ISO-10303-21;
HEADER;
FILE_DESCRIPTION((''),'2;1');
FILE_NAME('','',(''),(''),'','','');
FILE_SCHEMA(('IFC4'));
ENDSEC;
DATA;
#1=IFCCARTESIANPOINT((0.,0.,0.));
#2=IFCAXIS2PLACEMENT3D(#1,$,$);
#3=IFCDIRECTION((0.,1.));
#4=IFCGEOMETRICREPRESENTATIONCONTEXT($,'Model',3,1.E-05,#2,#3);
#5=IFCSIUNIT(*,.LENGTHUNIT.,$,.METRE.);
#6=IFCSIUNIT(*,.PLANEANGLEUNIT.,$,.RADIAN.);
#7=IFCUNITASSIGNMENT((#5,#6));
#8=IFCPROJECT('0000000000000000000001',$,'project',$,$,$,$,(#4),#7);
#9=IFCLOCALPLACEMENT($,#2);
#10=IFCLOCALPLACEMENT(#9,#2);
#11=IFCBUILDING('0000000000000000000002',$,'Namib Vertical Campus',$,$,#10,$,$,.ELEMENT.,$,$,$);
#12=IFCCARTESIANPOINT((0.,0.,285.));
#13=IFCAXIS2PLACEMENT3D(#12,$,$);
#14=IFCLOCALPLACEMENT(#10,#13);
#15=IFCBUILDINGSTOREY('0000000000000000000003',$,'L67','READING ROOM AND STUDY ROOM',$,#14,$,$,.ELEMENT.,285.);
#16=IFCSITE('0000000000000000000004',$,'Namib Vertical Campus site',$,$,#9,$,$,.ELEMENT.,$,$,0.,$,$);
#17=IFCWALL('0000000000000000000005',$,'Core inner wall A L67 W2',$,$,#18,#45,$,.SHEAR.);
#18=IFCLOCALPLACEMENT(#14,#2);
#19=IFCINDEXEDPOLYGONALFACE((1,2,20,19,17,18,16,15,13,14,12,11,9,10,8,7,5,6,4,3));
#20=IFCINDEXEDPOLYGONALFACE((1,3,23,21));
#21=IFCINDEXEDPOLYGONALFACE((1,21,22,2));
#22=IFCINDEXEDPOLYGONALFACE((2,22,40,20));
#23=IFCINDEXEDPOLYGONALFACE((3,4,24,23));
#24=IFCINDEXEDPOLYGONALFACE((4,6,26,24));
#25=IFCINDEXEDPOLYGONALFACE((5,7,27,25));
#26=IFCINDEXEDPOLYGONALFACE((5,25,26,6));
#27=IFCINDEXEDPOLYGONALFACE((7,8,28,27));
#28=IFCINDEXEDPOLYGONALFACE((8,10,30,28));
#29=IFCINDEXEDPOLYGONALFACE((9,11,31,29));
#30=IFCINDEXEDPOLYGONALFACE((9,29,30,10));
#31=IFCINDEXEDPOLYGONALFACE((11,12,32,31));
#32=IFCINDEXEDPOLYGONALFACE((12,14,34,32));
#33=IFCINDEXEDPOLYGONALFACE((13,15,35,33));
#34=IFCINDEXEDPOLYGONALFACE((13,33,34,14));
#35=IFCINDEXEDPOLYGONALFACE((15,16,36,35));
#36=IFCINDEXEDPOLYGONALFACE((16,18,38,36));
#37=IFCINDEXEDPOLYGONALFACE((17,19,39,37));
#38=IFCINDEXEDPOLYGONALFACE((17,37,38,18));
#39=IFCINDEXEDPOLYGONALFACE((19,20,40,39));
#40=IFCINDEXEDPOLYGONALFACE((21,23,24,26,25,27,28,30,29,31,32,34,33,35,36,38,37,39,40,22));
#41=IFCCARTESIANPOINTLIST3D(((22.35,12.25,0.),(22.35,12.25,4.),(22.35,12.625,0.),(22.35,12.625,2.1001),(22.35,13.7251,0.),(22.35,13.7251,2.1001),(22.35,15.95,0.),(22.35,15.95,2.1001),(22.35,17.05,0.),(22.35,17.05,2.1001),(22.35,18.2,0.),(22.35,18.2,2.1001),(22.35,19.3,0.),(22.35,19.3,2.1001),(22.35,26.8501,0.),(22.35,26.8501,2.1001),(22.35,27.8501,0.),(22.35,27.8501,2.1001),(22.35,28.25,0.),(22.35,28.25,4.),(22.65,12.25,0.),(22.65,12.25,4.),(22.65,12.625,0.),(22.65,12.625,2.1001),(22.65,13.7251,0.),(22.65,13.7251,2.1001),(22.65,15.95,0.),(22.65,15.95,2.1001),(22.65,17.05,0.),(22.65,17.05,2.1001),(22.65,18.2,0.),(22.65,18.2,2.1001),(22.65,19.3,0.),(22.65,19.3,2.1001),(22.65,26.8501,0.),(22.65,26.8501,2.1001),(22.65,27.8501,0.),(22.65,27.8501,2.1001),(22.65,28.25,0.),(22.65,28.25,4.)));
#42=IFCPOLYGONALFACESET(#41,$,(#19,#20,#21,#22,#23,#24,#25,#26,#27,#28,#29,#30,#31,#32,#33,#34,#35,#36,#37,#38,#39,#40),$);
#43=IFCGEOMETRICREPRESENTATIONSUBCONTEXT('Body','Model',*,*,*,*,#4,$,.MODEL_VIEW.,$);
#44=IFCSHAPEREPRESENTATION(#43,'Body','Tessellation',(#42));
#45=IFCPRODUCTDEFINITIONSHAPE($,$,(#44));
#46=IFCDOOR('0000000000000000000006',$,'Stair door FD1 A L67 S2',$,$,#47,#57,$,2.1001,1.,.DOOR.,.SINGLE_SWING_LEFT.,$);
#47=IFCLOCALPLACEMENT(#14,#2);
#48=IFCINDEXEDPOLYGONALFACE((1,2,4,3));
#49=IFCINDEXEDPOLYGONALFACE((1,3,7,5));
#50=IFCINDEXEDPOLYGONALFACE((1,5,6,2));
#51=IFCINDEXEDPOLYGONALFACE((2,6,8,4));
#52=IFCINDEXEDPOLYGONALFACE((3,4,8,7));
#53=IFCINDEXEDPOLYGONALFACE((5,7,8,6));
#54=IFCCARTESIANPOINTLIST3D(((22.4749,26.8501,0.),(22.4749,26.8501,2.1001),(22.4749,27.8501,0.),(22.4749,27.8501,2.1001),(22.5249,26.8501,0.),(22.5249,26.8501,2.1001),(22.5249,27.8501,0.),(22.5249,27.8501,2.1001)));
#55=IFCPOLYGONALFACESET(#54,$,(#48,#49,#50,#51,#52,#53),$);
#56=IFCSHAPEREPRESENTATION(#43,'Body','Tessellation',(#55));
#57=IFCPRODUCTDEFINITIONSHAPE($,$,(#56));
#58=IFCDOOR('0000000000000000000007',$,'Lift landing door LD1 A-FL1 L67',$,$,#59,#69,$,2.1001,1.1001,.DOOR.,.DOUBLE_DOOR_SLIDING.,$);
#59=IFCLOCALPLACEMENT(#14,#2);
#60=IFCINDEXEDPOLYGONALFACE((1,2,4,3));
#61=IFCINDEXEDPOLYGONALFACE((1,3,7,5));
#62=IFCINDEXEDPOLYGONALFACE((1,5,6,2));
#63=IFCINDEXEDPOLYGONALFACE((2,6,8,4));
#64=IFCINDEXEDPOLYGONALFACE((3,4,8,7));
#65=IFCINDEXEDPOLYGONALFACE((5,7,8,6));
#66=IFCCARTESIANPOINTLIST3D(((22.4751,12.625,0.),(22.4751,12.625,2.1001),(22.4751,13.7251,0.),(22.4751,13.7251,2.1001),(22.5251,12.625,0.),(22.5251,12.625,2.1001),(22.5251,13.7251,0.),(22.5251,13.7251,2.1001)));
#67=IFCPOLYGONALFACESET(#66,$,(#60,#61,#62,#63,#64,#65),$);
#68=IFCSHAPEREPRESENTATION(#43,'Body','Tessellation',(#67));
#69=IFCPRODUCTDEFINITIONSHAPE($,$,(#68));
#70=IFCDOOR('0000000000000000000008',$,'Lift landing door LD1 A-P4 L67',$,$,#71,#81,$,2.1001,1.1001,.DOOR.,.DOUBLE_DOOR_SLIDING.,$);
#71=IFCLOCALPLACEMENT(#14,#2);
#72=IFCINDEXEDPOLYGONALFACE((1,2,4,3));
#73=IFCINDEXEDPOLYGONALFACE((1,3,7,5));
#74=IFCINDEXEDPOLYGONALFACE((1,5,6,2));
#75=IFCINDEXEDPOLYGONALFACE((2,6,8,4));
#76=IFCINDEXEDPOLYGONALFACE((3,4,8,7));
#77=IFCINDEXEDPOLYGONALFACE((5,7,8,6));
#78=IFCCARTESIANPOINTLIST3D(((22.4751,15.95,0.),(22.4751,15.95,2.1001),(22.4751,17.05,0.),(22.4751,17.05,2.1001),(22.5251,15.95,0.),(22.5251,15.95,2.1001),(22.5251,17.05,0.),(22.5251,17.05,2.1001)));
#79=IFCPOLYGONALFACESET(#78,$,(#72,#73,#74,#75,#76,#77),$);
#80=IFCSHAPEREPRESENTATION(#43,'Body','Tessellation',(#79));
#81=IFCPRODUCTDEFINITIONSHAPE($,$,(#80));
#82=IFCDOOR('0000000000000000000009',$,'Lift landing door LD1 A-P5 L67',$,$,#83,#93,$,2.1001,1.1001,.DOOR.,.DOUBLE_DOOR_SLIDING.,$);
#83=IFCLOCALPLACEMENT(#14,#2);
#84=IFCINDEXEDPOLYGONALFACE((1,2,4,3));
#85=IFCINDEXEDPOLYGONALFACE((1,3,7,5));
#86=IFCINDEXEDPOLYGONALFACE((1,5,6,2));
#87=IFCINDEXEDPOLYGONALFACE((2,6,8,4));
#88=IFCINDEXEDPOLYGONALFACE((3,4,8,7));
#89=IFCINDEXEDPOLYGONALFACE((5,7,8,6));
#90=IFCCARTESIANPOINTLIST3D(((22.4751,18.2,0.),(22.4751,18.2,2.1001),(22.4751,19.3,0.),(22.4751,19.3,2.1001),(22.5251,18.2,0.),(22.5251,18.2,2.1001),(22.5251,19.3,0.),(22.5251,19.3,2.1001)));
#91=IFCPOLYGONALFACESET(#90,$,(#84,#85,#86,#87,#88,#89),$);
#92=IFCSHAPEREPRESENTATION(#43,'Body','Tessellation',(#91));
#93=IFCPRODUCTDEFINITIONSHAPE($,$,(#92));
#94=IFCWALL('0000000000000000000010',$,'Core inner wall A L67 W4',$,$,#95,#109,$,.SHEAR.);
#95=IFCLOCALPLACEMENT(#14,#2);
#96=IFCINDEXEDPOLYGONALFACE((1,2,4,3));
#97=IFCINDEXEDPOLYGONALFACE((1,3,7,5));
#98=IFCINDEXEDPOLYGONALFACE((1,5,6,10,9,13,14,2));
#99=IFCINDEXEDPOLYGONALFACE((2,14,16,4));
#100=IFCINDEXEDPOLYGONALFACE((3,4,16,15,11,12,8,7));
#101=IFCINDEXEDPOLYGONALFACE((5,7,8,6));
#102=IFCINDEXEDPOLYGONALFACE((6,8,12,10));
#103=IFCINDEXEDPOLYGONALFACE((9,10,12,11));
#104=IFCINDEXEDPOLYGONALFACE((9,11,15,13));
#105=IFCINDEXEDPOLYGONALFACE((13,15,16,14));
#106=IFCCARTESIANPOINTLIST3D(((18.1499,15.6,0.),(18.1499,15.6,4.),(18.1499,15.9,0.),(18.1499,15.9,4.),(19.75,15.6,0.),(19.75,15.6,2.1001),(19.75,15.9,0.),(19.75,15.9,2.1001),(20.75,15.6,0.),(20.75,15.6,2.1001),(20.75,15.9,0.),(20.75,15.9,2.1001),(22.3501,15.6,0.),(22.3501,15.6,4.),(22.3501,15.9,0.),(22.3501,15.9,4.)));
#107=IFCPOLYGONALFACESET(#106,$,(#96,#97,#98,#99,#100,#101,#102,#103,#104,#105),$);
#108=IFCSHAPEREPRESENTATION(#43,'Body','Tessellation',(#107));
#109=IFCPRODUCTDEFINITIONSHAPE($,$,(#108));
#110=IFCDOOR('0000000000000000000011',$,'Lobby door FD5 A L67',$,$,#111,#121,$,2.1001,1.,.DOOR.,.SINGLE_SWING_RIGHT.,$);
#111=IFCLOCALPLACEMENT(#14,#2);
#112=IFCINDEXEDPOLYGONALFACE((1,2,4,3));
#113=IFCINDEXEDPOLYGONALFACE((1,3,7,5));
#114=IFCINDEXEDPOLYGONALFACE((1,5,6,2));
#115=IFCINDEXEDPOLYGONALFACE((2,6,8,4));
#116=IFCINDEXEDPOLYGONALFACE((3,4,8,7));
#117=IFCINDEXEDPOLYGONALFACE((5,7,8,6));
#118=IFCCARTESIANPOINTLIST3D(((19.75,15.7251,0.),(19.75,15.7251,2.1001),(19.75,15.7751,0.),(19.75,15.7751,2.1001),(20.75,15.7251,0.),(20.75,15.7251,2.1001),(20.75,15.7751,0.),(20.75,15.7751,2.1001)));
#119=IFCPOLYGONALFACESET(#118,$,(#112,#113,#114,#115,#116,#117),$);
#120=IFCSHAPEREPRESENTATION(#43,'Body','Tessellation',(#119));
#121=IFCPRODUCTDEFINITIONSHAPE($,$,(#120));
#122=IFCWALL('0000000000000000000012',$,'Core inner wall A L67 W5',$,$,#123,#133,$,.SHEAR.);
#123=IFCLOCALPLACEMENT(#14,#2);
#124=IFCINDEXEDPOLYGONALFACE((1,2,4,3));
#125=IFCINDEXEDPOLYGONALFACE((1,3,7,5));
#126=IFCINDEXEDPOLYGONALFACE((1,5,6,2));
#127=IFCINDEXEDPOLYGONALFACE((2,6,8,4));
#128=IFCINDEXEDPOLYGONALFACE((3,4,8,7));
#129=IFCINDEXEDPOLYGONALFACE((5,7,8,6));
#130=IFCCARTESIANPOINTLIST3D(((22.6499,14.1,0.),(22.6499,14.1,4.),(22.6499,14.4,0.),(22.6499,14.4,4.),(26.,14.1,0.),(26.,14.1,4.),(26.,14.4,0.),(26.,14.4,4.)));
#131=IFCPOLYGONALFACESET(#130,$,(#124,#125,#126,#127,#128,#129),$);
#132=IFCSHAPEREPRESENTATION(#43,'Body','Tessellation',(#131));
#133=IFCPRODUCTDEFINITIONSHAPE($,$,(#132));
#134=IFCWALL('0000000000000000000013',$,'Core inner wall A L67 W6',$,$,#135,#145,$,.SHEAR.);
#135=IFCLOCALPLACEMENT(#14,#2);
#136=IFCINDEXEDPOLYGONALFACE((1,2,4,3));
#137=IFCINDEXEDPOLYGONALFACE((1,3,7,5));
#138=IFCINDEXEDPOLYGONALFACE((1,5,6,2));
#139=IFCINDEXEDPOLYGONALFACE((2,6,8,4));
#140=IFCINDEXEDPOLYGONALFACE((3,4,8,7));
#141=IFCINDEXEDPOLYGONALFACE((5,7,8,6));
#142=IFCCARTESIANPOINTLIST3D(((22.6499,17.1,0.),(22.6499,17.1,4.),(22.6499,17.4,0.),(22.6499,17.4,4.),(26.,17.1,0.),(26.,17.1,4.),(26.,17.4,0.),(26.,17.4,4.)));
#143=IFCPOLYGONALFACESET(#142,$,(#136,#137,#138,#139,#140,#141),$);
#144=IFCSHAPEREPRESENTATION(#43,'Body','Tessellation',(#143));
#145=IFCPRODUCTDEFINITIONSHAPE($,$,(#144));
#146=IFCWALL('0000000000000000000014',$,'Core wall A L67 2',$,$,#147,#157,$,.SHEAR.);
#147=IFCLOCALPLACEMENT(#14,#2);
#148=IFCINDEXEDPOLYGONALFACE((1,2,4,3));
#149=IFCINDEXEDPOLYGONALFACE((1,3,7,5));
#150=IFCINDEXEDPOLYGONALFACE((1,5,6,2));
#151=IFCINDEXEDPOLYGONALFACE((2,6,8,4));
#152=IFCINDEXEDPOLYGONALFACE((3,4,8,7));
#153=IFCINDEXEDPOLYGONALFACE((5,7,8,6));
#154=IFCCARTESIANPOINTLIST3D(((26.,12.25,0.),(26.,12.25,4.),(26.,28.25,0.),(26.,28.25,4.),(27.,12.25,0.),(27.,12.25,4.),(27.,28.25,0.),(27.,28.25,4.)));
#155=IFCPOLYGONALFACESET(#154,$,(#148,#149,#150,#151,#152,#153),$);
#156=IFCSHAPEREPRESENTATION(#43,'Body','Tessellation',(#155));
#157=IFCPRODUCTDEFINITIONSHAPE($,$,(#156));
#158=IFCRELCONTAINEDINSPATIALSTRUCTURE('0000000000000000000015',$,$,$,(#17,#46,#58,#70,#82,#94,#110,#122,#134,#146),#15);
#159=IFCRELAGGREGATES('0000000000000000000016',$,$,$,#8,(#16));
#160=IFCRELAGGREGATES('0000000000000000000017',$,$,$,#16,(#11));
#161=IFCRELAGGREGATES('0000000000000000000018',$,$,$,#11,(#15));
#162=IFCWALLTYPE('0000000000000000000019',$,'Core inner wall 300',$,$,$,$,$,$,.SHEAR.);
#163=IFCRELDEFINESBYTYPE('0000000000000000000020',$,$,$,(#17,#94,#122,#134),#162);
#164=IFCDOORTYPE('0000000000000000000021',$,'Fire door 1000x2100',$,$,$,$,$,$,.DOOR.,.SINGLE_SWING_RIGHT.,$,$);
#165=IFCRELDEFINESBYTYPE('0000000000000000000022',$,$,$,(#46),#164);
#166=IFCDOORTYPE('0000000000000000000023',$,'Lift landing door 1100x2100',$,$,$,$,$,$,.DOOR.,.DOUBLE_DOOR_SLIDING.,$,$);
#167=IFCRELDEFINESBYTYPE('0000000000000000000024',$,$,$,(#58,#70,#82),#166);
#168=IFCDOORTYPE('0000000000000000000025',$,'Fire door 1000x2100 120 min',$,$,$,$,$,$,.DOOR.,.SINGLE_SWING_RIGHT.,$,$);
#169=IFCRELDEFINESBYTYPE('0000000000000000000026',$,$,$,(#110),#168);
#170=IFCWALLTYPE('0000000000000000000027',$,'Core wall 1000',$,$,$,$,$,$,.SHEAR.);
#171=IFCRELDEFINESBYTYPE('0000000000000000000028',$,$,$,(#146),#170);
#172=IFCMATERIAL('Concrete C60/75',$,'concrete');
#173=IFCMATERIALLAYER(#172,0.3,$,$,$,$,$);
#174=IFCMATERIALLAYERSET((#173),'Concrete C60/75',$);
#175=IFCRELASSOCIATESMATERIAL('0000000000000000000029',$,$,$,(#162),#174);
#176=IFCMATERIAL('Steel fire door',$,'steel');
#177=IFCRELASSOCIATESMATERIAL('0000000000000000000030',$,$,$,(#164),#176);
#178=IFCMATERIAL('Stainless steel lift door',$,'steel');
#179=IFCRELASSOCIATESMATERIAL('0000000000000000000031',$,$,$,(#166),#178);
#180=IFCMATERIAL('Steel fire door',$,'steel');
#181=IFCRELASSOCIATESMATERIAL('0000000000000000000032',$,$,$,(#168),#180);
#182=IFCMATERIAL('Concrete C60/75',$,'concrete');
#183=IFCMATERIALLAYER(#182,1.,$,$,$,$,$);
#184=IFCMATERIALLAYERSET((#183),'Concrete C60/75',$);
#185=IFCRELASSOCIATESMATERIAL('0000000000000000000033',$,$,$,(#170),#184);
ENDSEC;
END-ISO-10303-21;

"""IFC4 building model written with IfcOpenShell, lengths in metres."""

from ifc_helpers import new_model, si_unit, direction, frame, frame_2d, origin, place, context, subcontext, project, spatial, rectangle, extrude, material, layer, layer_set, type_object, element, fill, save


model = new_model("IFC4")

# Units and contexts
model_context = context("Model", 3, precision=1e-05, world=origin(), true_north=direction((0.0, 1.0)))
body_context = subcontext(model_context, "Body", "Model", "MODEL_VIEW")
ifc_project = project(units=[si_unit("LENGTHUNIT", "METRE"), si_unit("PLANEANGLEUNIT", "RADIAN")], contexts=[model_context])

# Site, building, storey
site_placement = place(None, origin())
site = spatial("IfcSite", under=ifc_project, at=site_placement, Name="Namib Vertical Campus site", CompositionType="ELEMENT", RefElevation=0.0)
building_placement = place(site_placement, origin())
building = spatial("IfcBuilding", under=site, at=building_placement, Name="Namib Vertical Campus", CompositionType="ELEMENT")
storey_placement = place(building_placement, frame((0.0, 0.0, 285.0)))
storey = spatial("IfcBuildingStorey", under=building, at=storey_placement, Name="L67", Description="READING ROOM AND STUDY ROOM", CompositionType="ELEMENT", Elevation=285.0)

# Wall, openings, doors
ifc_material_1 = material(Name="Concrete C60/75", Category="concrete")
ifc_layer_1 = layer(ifc_material_1, 0.3)
ifc_layer_set_1 = layer_set([ifc_layer_1], Name="Concrete C60/75")
wall_type_1 = type_object("IfcWallType", Name="Core inner wall 300", PredefinedType="SHEAR", material=ifc_layer_set_1)
wall_1_placement = place(storey_placement, frame((22.5, 12.25, 0.0), z_axis=(0.0, 0.0, 1.0), x_axis=(0.0, 1.0, 0.0)))
wall_1 = element("IfcWall", 1, at=wall_1_placement, inside=storey, type_object=wall_type_1, Name="Core inner wall A L67 W2", PredefinedType="SHEAR", context=body_context, shape_type="SweptSolid", body=[
    extrude(rectangle(XDim=16.0, YDim=0.3, at=frame_2d((8.0, 0.0))), origin(), (0.0, 0.0, 1.0), 4.0),
])
opening_1_placement = place(wall_1_placement, frame((14.6001, 0.0, 0.0)))
opening_1 = element("IfcOpeningElement", 2, at=opening_1_placement, cuts=wall_1, PredefinedType="OPENING", context=body_context, shape_type="SweptSolid", body=[
    extrude(rectangle(XDim=1.0, YDim=2.1001, at=frame_2d((0.5, 1.05))), frame((0.0, 0.1599, 0.0), z_axis=(0.0, -1.0, 0.0), x_axis=(1.0, 0.0, 0.0)), (0.0, 0.0, 1.0), 0.3201),
])
opening_2_placement = place(wall_1_placement, frame((0.375, 0.0, 0.0)))
opening_2 = element("IfcOpeningElement", 3, at=opening_2_placement, cuts=wall_1, PredefinedType="OPENING", context=body_context, shape_type="SweptSolid", body=[
    extrude(rectangle(XDim=1.1001, YDim=2.1001, at=frame_2d((0.55, 1.05))), frame((0.0, 0.1599, 0.0), z_axis=(0.0, -1.0, 0.0), x_axis=(1.0, 0.0, 0.0)), (0.0, 0.0, 1.0), 0.3201),
])
opening_3_placement = place(wall_1_placement, frame((3.7, 0.0, 0.0)))
opening_3 = element("IfcOpeningElement", 4, at=opening_3_placement, cuts=wall_1, PredefinedType="OPENING", context=body_context, shape_type="SweptSolid", body=[
    extrude(rectangle(XDim=1.1001, YDim=2.1001, at=frame_2d((0.55, 1.05))), frame((0.0, 0.1599, 0.0), z_axis=(0.0, -1.0, 0.0), x_axis=(1.0, 0.0, 0.0)), (0.0, 0.0, 1.0), 0.3201),
])
opening_4_placement = place(wall_1_placement, frame((5.95, 0.0, 0.0)))
opening_4 = element("IfcOpeningElement", 5, at=opening_4_placement, cuts=wall_1, PredefinedType="OPENING", context=body_context, shape_type="SweptSolid", body=[
    extrude(rectangle(XDim=1.1001, YDim=2.1001, at=frame_2d((0.55, 1.05))), frame((0.0, 0.1599, 0.0), z_axis=(0.0, -1.0, 0.0), x_axis=(1.0, 0.0, 0.0)), (0.0, 0.0, 1.0), 0.3201),
])
ifc_material_2 = material(Name="Steel fire door", Category="steel")
door_type_1 = type_object("IfcDoorType", Name="Fire door 1000x2100", OperationType="SINGLE_SWING_RIGHT", PredefinedType="DOOR", material=ifc_material_2)
door_1_placement = place(opening_1_placement, frame((1.0, 0.0, 0.0), z_axis=(0.0, 0.0, 1.0), x_axis=(-1.0, 0.0, 0.0)))
door_1 = element("IfcDoor", 6, at=door_1_placement, inside=storey, type_object=door_type_1, Name="Stair door FD1 A L67 S2", OperationType="SINGLE_SWING_LEFT", OverallHeight=2.1001, OverallWidth=1.0, PredefinedType="DOOR", context=body_context, shape_type="SweptSolid", body=[
    extrude(rectangle(XDim=1.0, YDim=2.1001, at=frame_2d((0.5, 1.05))), frame((0.0, 0.0249, 0.0), z_axis=(0.0, -1.0, 0.0), x_axis=(1.0, 0.0, 0.0)), (0.0, 0.0, 1.0), 0.05),
])
fill(opening_1, door_1)
ifc_material_3 = material(Name="Stainless steel lift door", Category="steel")
door_type_2 = type_object("IfcDoorType", Name="Lift landing door 1100x2100", OperationType="DOUBLE_DOOR_SLIDING", PredefinedType="DOOR", material=ifc_material_3)
door_2_placement = place(opening_2_placement, origin())
door_2 = element("IfcDoor", 7, at=door_2_placement, inside=storey, type_object=door_type_2, Name="Lift landing door LD1 A-FL1 L67", OperationType="DOUBLE_DOOR_SLIDING", OverallHeight=2.1001, OverallWidth=1.1001, PredefinedType="DOOR", context=body_context, shape_type="SweptSolid", body=[
    extrude(rectangle(XDim=1.1001, YDim=2.1001, at=frame_2d((0.55, 1.05))), frame((0.0, 0.0249, 0.0), z_axis=(0.0, -1.0, 0.0), x_axis=(1.0, 0.0, 0.0)), (0.0, 0.0, 1.0), 0.05),
])
fill(opening_2, door_2)
door_3_placement = place(opening_3_placement, origin())
door_3 = element("IfcDoor", 8, at=door_3_placement, inside=storey, type_object=door_type_2, Name="Lift landing door LD1 A-P4 L67", OperationType="DOUBLE_DOOR_SLIDING", OverallHeight=2.1001, OverallWidth=1.1001, PredefinedType="DOOR", context=body_context, shape_type="SweptSolid", body=[
    extrude(rectangle(XDim=1.1001, YDim=2.1001, at=frame_2d((0.55, 1.05))), frame((0.0, 0.0249, 0.0), z_axis=(0.0, -1.0, 0.0), x_axis=(1.0, 0.0, 0.0)), (0.0, 0.0, 1.0), 0.05),
])
fill(opening_3, door_3)
door_4_placement = place(opening_4_placement, origin())
door_4 = element("IfcDoor", 9, at=door_4_placement, inside=storey, type_object=door_type_2, Name="Lift landing door LD1 A-P5 L67", OperationType="DOUBLE_DOOR_SLIDING", OverallHeight=2.1001, OverallWidth=1.1001, PredefinedType="DOOR", context=body_context, shape_type="SweptSolid", body=[
    extrude(rectangle(XDim=1.1001, YDim=2.1001, at=frame_2d((0.55, 1.05))), frame((0.0, 0.0249, 0.0), z_axis=(0.0, -1.0, 0.0), x_axis=(1.0, 0.0, 0.0)), (0.0, 0.0, 1.0), 0.05),
])
fill(opening_4, door_4)

# Wall, opening, door
wall_2_placement = place(storey_placement, frame((18.1499, 15.75, 0.0), z_axis=(0.0, 0.0, 1.0), x_axis=(1.0, 0.0, 0.0)))
wall_2 = element("IfcWall", 10, at=wall_2_placement, inside=storey, type_object=wall_type_1, Name="Core inner wall A L67 W4", PredefinedType="SHEAR", context=body_context, shape_type="SweptSolid", body=[
    extrude(rectangle(XDim=4.2002, YDim=0.3, at=frame_2d((2.1001, 0.0))), origin(), (0.0, 0.0, 1.0), 4.0),
])
opening_5_placement = place(wall_2_placement, frame((1.6001, 0.0, 0.0)))
opening_5 = element("IfcOpeningElement", 11, at=opening_5_placement, cuts=wall_2, PredefinedType="OPENING", context=body_context, shape_type="SweptSolid", body=[
    extrude(rectangle(XDim=1.0, YDim=2.1001, at=frame_2d((0.5, 1.05))), frame((0.0, 0.1599, 0.0), z_axis=(0.0, -1.0, 0.0), x_axis=(1.0, 0.0, 0.0)), (0.0, 0.0, 1.0), 0.3201),
])
ifc_material_4 = material(Name="Steel fire door", Category="steel")
door_type_3 = type_object("IfcDoorType", Name="Fire door 1000x2100 120 min", OperationType="SINGLE_SWING_RIGHT", PredefinedType="DOOR", material=ifc_material_4)
door_5_placement = place(opening_5_placement, frame((1.0, 0.0, 0.0), z_axis=(0.0, 0.0, 1.0), x_axis=(-1.0, 0.0, 0.0)))
door_5 = element("IfcDoor", 12, at=door_5_placement, inside=storey, type_object=door_type_3, Name="Lobby door FD5 A L67", OperationType="SINGLE_SWING_RIGHT", OverallHeight=2.1001, OverallWidth=1.0, PredefinedType="DOOR", context=body_context, shape_type="SweptSolid", body=[
    extrude(rectangle(XDim=1.0, YDim=2.1001, at=frame_2d((0.5, 1.05))), frame((0.0, 0.0249, 0.0), z_axis=(0.0, -1.0, 0.0), x_axis=(1.0, 0.0, 0.0)), (0.0, 0.0, 1.0), 0.05),
])
fill(opening_5, door_5)

# Walls
for number, where, z_axis, x_axis, name in (
    (13, (22.6499, 14.25, 0.0), (0.0, 0.0, 1.0), (1.0, 0.0, 0.0), "Core inner wall A L67 W5"),
    (14, (22.6499, 17.25, 0.0), (0.0, 0.0, 1.0), (1.0, 0.0, 0.0), "Core inner wall A L67 W6"),
):
    element("IfcWall", number, at=place(storey_placement, frame(where, z_axis=z_axis, x_axis=x_axis)), inside=storey, type_object=wall_type_1, Name=name, PredefinedType="SHEAR", context=body_context, shape_type="SweptSolid", body=[
        extrude(rectangle(XDim=3.3501, YDim=0.3, at=frame_2d((1.675, 0.0))), origin(), (0.0, 0.0, 1.0), 4.0),
    ])
ifc_material_5 = material(Name="Concrete C60/75", Category="concrete")
ifc_layer_2 = layer(ifc_material_5, 1.0)
ifc_layer_set_2 = layer_set([ifc_layer_2], Name="Concrete C60/75")
wall_type_2 = type_object("IfcWallType", Name="Core wall 1000", PredefinedType="SHEAR", material=ifc_layer_set_2)
wall_3_placement = place(storey_placement, frame((26.5, 12.25, 0.0), z_axis=(0.0, 0.0, 1.0), x_axis=(0.0, 1.0, 0.0)))
element("IfcWall", 15, at=wall_3_placement, inside=storey, type_object=wall_type_2, Name="Core wall A L67 2", PredefinedType="SHEAR", context=body_context, shape_type="SweptSolid", body=[
    extrude(rectangle(XDim=16.0, YDim=1.0, at=frame_2d((8.0, 0.0))), origin(), (0.0, 0.0, 1.0), 4.0),
])

save(model, "model.ifc")
